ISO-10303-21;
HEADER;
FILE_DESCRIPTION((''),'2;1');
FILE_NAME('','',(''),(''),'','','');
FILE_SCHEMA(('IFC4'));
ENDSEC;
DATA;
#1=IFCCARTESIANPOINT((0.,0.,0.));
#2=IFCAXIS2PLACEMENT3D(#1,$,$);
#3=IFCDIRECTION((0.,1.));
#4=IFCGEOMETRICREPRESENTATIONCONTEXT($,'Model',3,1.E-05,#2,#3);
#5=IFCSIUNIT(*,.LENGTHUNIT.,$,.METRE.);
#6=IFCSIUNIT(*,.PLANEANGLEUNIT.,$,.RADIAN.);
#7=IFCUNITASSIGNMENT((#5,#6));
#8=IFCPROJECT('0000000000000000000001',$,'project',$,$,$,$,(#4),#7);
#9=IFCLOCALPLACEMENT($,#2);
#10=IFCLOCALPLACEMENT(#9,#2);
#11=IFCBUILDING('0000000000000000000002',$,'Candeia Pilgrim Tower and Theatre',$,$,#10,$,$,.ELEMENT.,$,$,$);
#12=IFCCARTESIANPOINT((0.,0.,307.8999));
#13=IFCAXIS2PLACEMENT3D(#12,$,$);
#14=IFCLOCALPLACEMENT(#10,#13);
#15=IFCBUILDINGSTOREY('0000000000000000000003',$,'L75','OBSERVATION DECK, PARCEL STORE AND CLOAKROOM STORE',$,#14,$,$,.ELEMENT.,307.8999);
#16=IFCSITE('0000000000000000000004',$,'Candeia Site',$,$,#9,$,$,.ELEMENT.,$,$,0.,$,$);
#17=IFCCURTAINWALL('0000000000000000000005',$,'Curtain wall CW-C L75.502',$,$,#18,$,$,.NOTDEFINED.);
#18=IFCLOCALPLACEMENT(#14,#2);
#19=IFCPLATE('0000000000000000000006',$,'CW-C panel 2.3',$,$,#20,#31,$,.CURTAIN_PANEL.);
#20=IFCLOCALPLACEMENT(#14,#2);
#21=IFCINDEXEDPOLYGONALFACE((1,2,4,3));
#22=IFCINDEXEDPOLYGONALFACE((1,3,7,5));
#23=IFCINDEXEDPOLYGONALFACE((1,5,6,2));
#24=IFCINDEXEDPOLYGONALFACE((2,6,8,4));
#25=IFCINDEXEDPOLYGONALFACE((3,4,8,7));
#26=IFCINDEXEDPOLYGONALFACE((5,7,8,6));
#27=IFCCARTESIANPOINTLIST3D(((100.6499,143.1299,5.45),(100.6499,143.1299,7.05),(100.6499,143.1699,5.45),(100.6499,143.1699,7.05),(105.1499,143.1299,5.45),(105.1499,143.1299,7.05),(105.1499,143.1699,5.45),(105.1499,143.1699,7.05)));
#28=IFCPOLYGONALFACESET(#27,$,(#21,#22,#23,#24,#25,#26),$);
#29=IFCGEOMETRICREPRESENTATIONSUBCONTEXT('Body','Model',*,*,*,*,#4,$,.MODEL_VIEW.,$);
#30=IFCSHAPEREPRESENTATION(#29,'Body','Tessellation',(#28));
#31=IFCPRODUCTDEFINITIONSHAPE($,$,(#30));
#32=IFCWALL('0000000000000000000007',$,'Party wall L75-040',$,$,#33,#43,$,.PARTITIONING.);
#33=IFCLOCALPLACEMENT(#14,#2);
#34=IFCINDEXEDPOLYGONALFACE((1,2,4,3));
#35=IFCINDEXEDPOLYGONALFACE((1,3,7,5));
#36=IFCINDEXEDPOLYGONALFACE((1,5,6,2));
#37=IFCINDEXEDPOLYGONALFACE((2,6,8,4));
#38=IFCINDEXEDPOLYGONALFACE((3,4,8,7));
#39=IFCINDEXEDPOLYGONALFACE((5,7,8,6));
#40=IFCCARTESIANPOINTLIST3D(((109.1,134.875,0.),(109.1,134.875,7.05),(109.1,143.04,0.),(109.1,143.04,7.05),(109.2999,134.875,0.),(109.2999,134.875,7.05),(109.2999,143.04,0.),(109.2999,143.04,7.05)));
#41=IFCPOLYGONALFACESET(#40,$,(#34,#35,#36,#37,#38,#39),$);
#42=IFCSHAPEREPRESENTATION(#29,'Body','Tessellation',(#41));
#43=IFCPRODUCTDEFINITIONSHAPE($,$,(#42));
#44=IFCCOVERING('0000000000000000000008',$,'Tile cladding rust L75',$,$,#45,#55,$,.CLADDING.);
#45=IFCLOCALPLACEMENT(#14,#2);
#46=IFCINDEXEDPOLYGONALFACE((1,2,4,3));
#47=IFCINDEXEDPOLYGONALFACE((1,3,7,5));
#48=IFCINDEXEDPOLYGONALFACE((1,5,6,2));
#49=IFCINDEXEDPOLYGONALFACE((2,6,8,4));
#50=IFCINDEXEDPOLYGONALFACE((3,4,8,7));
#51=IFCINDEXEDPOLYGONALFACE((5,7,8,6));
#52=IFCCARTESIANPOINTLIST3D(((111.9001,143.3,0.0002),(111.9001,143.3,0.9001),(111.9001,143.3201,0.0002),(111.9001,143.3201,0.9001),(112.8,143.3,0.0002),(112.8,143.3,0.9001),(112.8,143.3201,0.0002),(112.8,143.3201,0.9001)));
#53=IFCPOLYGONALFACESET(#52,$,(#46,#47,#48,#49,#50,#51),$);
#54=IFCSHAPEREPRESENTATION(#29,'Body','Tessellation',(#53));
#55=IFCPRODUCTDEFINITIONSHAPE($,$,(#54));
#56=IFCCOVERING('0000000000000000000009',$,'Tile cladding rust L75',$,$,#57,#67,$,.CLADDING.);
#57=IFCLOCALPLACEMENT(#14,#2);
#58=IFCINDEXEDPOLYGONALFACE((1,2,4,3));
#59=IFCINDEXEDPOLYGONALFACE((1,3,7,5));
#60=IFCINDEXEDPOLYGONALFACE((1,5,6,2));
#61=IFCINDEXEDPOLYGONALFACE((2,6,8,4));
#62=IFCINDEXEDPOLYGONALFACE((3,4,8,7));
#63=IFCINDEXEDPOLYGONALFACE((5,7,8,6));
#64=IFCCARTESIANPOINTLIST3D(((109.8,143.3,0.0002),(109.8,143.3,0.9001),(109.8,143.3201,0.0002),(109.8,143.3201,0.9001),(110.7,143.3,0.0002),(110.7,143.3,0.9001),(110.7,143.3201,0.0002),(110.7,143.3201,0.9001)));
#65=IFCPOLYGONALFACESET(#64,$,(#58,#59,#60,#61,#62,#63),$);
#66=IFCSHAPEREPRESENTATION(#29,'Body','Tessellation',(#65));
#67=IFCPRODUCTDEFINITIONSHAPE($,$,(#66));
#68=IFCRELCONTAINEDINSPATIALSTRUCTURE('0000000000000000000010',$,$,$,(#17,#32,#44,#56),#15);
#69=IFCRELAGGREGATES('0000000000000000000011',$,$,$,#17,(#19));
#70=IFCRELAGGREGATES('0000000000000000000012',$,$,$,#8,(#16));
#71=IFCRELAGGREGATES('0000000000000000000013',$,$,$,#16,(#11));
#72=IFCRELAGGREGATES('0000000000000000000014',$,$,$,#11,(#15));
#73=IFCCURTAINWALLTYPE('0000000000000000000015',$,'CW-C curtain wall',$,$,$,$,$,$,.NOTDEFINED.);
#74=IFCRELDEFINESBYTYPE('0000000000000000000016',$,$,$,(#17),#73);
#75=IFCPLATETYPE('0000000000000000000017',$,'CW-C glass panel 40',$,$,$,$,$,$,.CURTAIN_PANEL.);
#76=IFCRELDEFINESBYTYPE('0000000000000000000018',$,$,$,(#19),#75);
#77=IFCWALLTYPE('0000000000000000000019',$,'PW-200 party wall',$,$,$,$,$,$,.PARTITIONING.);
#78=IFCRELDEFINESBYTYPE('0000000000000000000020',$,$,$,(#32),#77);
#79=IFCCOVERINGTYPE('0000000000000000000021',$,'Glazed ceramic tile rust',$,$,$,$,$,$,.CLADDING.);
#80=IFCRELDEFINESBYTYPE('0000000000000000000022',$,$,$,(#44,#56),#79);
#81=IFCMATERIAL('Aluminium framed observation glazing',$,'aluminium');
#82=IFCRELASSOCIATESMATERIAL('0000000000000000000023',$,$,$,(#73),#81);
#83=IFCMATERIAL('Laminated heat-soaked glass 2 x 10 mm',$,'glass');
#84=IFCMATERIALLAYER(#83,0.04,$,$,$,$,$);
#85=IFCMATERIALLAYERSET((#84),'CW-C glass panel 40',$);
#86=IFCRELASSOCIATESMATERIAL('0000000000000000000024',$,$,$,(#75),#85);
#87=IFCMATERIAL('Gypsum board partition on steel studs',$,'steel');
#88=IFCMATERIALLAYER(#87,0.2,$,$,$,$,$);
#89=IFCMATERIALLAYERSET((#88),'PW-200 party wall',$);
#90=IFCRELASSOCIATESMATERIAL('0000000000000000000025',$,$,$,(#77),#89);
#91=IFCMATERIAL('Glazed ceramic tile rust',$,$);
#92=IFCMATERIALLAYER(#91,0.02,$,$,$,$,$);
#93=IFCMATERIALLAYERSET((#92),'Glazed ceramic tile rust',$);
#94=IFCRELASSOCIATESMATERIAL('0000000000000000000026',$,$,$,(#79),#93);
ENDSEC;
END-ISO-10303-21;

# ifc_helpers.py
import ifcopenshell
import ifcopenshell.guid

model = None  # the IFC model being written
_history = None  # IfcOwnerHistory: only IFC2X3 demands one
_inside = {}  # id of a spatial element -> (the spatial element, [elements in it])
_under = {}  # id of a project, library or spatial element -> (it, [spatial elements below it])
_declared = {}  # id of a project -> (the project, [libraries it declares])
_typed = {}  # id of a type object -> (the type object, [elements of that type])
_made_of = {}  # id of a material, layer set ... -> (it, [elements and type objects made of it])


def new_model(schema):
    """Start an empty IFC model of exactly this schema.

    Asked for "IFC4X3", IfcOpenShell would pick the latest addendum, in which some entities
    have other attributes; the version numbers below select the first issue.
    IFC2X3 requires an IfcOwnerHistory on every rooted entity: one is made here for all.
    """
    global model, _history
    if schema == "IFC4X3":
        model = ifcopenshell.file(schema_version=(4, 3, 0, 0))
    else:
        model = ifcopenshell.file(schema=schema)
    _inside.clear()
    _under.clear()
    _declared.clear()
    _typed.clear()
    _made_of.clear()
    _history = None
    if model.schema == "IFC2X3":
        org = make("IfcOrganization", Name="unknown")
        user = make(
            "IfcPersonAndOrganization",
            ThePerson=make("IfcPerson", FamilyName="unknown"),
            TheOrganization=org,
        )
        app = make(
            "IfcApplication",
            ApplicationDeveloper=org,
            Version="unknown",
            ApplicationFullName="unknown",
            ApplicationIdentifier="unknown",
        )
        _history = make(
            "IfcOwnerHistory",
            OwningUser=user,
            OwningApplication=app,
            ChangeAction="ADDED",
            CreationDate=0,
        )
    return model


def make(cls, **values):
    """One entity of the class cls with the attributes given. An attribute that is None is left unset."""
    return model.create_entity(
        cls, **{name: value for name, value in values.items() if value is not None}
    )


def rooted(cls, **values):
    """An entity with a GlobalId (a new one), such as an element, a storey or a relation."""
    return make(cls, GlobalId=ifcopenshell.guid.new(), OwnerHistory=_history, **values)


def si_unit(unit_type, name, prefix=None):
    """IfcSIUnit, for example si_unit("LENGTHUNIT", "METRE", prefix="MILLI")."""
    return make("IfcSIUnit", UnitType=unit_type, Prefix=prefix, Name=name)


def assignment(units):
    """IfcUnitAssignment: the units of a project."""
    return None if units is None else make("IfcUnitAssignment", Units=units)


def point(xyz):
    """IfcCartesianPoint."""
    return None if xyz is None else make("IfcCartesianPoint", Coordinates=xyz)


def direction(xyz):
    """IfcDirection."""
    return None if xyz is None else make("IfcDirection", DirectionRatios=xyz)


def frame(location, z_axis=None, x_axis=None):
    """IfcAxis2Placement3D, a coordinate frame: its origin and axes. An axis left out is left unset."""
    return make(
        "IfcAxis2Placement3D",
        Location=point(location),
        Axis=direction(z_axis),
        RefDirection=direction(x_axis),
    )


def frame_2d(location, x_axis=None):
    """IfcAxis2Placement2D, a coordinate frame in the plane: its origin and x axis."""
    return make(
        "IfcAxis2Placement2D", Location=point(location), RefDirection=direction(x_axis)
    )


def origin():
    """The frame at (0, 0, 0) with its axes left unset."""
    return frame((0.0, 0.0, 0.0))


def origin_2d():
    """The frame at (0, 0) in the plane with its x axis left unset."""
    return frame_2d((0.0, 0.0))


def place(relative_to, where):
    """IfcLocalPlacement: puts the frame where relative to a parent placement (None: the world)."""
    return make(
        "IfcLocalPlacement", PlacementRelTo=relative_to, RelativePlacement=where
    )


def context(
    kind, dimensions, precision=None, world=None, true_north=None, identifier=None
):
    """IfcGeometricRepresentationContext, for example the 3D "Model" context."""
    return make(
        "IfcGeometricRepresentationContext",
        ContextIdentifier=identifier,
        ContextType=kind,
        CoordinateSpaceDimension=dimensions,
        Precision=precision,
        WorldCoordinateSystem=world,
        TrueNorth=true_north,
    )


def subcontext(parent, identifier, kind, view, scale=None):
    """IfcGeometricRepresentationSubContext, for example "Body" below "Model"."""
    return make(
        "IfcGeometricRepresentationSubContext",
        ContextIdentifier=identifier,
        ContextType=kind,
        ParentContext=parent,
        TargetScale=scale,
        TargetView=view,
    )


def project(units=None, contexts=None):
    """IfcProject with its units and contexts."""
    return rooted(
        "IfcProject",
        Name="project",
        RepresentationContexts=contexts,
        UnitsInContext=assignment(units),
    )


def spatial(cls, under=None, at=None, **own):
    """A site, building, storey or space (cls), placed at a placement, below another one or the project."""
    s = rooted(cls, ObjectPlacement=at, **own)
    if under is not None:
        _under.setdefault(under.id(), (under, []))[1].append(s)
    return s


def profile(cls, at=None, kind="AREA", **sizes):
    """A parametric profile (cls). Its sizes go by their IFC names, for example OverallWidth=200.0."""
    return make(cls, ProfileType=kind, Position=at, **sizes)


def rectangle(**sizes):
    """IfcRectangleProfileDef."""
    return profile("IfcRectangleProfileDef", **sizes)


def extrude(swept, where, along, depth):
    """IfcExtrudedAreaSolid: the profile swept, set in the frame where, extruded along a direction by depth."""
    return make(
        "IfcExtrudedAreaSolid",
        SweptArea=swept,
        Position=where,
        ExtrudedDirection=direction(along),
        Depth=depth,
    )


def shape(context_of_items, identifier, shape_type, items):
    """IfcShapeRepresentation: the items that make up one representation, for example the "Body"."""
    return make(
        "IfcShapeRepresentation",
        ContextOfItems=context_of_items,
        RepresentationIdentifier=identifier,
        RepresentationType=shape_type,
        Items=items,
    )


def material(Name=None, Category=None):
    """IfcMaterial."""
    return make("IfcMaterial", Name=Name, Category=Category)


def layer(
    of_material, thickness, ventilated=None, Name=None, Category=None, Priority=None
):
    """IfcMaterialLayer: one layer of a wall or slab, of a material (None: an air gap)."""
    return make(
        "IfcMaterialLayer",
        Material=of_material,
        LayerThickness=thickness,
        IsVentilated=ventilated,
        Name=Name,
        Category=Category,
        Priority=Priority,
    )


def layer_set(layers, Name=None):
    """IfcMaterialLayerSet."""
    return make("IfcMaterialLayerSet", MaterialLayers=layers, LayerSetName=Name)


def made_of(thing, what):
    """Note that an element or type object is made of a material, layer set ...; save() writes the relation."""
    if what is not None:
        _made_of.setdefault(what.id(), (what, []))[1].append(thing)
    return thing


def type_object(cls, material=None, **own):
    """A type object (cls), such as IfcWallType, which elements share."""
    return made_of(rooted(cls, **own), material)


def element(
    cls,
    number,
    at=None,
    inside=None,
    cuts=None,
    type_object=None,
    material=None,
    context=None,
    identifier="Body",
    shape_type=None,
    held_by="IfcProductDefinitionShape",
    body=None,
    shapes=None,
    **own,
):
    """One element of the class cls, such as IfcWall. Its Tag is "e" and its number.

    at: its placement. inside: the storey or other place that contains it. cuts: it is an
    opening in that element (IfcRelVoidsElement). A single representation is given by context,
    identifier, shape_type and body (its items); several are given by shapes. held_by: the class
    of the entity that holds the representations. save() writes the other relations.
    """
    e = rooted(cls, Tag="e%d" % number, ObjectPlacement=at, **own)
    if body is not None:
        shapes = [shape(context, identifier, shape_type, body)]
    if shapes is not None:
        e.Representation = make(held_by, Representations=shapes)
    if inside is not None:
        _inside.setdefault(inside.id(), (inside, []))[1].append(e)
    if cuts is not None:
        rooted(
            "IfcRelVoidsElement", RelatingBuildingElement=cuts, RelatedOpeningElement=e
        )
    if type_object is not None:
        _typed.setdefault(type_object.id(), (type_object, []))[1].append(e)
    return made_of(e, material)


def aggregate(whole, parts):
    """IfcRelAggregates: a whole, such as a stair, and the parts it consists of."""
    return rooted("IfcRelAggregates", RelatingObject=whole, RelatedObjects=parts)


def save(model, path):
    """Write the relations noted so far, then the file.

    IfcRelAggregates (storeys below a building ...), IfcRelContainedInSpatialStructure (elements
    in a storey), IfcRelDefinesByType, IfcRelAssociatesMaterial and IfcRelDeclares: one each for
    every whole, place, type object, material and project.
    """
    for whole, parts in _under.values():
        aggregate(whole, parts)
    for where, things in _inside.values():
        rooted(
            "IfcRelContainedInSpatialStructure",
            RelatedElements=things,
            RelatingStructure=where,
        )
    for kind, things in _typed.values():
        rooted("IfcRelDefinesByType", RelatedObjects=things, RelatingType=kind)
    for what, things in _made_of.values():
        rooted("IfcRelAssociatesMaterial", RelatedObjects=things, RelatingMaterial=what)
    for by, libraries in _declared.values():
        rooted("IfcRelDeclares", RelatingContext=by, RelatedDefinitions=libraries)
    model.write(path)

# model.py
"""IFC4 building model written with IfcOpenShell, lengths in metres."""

from ifc_helpers import new_model, si_unit, direction, frame, frame_2d, origin, origin_2d, place, context, subcontext, project, spatial, rectangle, extrude, material, layer, layer_set, type_object, element, aggregate, save


model = new_model("IFC4")

# Units and contexts
model_context = context("Model", 3, precision=1e-05, world=origin(), true_north=direction((0.0, 1.0)))
body_context = subcontext(model_context, "Body", "Model", "MODEL_VIEW")
ifc_project = project(units=[si_unit("LENGTHUNIT", "METRE"), si_unit("PLANEANGLEUNIT", "RADIAN")], contexts=[model_context])

# Site, building, storey
site_placement = place(None, origin())
site = spatial("IfcSite", under=ifc_project, at=site_placement, Name="Candeia Site", CompositionType="ELEMENT", RefElevation=0.0)
building_placement = place(site_placement, origin())
building = spatial("IfcBuilding", under=site, at=building_placement, Name="Candeia Pilgrim Tower and Theatre", CompositionType="ELEMENT")
storey_placement = place(building_placement, frame((0.0, 0.0, 307.8999)))
storey = spatial("IfcBuildingStorey", under=building, at=storey_placement, Name="L75", Description="OBSERVATION DECK, PARCEL STORE AND CLOAKROOM STORE", CompositionType="ELEMENT", Elevation=307.8999)

# Curtain wall
ifc_material_1 = material(Name="Aluminium framed observation glazing", Category="aluminium")
curtain_wall_type = type_object("IfcCurtainWallType", Name="CW-C curtain wall", PredefinedType="NOTDEFINED", material=ifc_material_1)
curtain_wall_placement = place(storey_placement, origin())
curtain_wall = element("IfcCurtainWall", 1, at=curtain_wall_placement, inside=storey, type_object=curtain_wall_type, Name="Curtain wall CW-C L75.502", PredefinedType="NOTDEFINED")

# Plate
ifc_material_2 = material(Name="Laminated heat-soaked glass 2 x 10 mm", Category="glass")
ifc_layer_1 = layer(ifc_material_2, 0.04)
ifc_layer_set_1 = layer_set([ifc_layer_1], Name="CW-C glass panel 40")
plate_type = type_object("IfcPlateType", Name="CW-C glass panel 40", PredefinedType="CURTAIN_PANEL", material=ifc_layer_set_1)
plate_1_placement = place(storey_placement, frame((102.8999, 143.1499, 5.45), z_axis=(0.0, 0.0, 1.0), x_axis=(-1.0, 0.0, 0.0)))
plate_1 = element("IfcPlate", 2, at=plate_1_placement, type_object=plate_type, Name="CW-C panel 2.3", PredefinedType="CURTAIN_PANEL", context=body_context, shape_type="SweptSolid", body=[
    extrude(rectangle(XDim=4.5, YDim=0.04, at=origin_2d()), origin(), (0.0, 0.0, 1.0), 1.6001),
])
aggregate(curtain_wall, [plate_1])

# Wall
ifc_material_3 = material(Name="Gypsum board partition on steel studs", Category="steel")
ifc_layer_2 = layer(ifc_material_3, 0.2)
ifc_layer_set_2 = layer_set([ifc_layer_2], Name="PW-200 party wall")
wall_type_1 = type_object("IfcWallType", Name="PW-200 party wall", PredefinedType="PARTITIONING", material=ifc_layer_set_2)
wall_1_placement = place(storey_placement, frame((109.2, 134.875, 0.0), z_axis=(0.0, 0.0, 1.0), x_axis=(0.0, 1.0, 0.0)))
element("IfcWall", 3, at=wall_1_placement, inside=storey, type_object=wall_type_1, Name="Party wall L75-040", PredefinedType="PARTITIONING", context=body_context, shape_type="SweptSolid", body=[
    extrude(rectangle(XDim=8.165, YDim=0.2, at=frame_2d((4.0825, 0.0))), origin(), (0.0, 0.0, 1.0), 7.05),
])

# Coverings
ifc_material_4 = material(Name="Glazed ceramic tile rust")
ifc_layer_3 = layer(ifc_material_4, 0.02)
ifc_layer_set_3 = layer_set([ifc_layer_3], Name="Glazed ceramic tile rust")
covering_type = type_object("IfcCoveringType", Name="Glazed ceramic tile rust", PredefinedType="CLADDING", material=ifc_layer_set_3)
for number, where, z_axis, x_axis, name in (
    (4, (112.3501, 143.3101, 0.0002), (0.0, 0.0, 1.0), (-1.0, 0.0, 0.0), "Tile cladding rust L75"),
    (5, (110.25, 143.3101, 0.0002), (0.0, 0.0, 1.0), (-1.0, 0.0, 0.0), "Tile cladding rust L75"),
):
    element("IfcCovering", number, at=place(storey_placement, frame(where, z_axis=z_axis, x_axis=x_axis)), inside=storey, type_object=covering_type, Name=name, PredefinedType="CLADDING", context=body_context, shape_type="SweptSolid", body=[
        extrude(rectangle(XDim=0.8999, YDim=0.02, at=origin_2d()), origin(), (0.0, 0.0, 1.0), 0.8999),
    ])

save(model, "model.ifc")
